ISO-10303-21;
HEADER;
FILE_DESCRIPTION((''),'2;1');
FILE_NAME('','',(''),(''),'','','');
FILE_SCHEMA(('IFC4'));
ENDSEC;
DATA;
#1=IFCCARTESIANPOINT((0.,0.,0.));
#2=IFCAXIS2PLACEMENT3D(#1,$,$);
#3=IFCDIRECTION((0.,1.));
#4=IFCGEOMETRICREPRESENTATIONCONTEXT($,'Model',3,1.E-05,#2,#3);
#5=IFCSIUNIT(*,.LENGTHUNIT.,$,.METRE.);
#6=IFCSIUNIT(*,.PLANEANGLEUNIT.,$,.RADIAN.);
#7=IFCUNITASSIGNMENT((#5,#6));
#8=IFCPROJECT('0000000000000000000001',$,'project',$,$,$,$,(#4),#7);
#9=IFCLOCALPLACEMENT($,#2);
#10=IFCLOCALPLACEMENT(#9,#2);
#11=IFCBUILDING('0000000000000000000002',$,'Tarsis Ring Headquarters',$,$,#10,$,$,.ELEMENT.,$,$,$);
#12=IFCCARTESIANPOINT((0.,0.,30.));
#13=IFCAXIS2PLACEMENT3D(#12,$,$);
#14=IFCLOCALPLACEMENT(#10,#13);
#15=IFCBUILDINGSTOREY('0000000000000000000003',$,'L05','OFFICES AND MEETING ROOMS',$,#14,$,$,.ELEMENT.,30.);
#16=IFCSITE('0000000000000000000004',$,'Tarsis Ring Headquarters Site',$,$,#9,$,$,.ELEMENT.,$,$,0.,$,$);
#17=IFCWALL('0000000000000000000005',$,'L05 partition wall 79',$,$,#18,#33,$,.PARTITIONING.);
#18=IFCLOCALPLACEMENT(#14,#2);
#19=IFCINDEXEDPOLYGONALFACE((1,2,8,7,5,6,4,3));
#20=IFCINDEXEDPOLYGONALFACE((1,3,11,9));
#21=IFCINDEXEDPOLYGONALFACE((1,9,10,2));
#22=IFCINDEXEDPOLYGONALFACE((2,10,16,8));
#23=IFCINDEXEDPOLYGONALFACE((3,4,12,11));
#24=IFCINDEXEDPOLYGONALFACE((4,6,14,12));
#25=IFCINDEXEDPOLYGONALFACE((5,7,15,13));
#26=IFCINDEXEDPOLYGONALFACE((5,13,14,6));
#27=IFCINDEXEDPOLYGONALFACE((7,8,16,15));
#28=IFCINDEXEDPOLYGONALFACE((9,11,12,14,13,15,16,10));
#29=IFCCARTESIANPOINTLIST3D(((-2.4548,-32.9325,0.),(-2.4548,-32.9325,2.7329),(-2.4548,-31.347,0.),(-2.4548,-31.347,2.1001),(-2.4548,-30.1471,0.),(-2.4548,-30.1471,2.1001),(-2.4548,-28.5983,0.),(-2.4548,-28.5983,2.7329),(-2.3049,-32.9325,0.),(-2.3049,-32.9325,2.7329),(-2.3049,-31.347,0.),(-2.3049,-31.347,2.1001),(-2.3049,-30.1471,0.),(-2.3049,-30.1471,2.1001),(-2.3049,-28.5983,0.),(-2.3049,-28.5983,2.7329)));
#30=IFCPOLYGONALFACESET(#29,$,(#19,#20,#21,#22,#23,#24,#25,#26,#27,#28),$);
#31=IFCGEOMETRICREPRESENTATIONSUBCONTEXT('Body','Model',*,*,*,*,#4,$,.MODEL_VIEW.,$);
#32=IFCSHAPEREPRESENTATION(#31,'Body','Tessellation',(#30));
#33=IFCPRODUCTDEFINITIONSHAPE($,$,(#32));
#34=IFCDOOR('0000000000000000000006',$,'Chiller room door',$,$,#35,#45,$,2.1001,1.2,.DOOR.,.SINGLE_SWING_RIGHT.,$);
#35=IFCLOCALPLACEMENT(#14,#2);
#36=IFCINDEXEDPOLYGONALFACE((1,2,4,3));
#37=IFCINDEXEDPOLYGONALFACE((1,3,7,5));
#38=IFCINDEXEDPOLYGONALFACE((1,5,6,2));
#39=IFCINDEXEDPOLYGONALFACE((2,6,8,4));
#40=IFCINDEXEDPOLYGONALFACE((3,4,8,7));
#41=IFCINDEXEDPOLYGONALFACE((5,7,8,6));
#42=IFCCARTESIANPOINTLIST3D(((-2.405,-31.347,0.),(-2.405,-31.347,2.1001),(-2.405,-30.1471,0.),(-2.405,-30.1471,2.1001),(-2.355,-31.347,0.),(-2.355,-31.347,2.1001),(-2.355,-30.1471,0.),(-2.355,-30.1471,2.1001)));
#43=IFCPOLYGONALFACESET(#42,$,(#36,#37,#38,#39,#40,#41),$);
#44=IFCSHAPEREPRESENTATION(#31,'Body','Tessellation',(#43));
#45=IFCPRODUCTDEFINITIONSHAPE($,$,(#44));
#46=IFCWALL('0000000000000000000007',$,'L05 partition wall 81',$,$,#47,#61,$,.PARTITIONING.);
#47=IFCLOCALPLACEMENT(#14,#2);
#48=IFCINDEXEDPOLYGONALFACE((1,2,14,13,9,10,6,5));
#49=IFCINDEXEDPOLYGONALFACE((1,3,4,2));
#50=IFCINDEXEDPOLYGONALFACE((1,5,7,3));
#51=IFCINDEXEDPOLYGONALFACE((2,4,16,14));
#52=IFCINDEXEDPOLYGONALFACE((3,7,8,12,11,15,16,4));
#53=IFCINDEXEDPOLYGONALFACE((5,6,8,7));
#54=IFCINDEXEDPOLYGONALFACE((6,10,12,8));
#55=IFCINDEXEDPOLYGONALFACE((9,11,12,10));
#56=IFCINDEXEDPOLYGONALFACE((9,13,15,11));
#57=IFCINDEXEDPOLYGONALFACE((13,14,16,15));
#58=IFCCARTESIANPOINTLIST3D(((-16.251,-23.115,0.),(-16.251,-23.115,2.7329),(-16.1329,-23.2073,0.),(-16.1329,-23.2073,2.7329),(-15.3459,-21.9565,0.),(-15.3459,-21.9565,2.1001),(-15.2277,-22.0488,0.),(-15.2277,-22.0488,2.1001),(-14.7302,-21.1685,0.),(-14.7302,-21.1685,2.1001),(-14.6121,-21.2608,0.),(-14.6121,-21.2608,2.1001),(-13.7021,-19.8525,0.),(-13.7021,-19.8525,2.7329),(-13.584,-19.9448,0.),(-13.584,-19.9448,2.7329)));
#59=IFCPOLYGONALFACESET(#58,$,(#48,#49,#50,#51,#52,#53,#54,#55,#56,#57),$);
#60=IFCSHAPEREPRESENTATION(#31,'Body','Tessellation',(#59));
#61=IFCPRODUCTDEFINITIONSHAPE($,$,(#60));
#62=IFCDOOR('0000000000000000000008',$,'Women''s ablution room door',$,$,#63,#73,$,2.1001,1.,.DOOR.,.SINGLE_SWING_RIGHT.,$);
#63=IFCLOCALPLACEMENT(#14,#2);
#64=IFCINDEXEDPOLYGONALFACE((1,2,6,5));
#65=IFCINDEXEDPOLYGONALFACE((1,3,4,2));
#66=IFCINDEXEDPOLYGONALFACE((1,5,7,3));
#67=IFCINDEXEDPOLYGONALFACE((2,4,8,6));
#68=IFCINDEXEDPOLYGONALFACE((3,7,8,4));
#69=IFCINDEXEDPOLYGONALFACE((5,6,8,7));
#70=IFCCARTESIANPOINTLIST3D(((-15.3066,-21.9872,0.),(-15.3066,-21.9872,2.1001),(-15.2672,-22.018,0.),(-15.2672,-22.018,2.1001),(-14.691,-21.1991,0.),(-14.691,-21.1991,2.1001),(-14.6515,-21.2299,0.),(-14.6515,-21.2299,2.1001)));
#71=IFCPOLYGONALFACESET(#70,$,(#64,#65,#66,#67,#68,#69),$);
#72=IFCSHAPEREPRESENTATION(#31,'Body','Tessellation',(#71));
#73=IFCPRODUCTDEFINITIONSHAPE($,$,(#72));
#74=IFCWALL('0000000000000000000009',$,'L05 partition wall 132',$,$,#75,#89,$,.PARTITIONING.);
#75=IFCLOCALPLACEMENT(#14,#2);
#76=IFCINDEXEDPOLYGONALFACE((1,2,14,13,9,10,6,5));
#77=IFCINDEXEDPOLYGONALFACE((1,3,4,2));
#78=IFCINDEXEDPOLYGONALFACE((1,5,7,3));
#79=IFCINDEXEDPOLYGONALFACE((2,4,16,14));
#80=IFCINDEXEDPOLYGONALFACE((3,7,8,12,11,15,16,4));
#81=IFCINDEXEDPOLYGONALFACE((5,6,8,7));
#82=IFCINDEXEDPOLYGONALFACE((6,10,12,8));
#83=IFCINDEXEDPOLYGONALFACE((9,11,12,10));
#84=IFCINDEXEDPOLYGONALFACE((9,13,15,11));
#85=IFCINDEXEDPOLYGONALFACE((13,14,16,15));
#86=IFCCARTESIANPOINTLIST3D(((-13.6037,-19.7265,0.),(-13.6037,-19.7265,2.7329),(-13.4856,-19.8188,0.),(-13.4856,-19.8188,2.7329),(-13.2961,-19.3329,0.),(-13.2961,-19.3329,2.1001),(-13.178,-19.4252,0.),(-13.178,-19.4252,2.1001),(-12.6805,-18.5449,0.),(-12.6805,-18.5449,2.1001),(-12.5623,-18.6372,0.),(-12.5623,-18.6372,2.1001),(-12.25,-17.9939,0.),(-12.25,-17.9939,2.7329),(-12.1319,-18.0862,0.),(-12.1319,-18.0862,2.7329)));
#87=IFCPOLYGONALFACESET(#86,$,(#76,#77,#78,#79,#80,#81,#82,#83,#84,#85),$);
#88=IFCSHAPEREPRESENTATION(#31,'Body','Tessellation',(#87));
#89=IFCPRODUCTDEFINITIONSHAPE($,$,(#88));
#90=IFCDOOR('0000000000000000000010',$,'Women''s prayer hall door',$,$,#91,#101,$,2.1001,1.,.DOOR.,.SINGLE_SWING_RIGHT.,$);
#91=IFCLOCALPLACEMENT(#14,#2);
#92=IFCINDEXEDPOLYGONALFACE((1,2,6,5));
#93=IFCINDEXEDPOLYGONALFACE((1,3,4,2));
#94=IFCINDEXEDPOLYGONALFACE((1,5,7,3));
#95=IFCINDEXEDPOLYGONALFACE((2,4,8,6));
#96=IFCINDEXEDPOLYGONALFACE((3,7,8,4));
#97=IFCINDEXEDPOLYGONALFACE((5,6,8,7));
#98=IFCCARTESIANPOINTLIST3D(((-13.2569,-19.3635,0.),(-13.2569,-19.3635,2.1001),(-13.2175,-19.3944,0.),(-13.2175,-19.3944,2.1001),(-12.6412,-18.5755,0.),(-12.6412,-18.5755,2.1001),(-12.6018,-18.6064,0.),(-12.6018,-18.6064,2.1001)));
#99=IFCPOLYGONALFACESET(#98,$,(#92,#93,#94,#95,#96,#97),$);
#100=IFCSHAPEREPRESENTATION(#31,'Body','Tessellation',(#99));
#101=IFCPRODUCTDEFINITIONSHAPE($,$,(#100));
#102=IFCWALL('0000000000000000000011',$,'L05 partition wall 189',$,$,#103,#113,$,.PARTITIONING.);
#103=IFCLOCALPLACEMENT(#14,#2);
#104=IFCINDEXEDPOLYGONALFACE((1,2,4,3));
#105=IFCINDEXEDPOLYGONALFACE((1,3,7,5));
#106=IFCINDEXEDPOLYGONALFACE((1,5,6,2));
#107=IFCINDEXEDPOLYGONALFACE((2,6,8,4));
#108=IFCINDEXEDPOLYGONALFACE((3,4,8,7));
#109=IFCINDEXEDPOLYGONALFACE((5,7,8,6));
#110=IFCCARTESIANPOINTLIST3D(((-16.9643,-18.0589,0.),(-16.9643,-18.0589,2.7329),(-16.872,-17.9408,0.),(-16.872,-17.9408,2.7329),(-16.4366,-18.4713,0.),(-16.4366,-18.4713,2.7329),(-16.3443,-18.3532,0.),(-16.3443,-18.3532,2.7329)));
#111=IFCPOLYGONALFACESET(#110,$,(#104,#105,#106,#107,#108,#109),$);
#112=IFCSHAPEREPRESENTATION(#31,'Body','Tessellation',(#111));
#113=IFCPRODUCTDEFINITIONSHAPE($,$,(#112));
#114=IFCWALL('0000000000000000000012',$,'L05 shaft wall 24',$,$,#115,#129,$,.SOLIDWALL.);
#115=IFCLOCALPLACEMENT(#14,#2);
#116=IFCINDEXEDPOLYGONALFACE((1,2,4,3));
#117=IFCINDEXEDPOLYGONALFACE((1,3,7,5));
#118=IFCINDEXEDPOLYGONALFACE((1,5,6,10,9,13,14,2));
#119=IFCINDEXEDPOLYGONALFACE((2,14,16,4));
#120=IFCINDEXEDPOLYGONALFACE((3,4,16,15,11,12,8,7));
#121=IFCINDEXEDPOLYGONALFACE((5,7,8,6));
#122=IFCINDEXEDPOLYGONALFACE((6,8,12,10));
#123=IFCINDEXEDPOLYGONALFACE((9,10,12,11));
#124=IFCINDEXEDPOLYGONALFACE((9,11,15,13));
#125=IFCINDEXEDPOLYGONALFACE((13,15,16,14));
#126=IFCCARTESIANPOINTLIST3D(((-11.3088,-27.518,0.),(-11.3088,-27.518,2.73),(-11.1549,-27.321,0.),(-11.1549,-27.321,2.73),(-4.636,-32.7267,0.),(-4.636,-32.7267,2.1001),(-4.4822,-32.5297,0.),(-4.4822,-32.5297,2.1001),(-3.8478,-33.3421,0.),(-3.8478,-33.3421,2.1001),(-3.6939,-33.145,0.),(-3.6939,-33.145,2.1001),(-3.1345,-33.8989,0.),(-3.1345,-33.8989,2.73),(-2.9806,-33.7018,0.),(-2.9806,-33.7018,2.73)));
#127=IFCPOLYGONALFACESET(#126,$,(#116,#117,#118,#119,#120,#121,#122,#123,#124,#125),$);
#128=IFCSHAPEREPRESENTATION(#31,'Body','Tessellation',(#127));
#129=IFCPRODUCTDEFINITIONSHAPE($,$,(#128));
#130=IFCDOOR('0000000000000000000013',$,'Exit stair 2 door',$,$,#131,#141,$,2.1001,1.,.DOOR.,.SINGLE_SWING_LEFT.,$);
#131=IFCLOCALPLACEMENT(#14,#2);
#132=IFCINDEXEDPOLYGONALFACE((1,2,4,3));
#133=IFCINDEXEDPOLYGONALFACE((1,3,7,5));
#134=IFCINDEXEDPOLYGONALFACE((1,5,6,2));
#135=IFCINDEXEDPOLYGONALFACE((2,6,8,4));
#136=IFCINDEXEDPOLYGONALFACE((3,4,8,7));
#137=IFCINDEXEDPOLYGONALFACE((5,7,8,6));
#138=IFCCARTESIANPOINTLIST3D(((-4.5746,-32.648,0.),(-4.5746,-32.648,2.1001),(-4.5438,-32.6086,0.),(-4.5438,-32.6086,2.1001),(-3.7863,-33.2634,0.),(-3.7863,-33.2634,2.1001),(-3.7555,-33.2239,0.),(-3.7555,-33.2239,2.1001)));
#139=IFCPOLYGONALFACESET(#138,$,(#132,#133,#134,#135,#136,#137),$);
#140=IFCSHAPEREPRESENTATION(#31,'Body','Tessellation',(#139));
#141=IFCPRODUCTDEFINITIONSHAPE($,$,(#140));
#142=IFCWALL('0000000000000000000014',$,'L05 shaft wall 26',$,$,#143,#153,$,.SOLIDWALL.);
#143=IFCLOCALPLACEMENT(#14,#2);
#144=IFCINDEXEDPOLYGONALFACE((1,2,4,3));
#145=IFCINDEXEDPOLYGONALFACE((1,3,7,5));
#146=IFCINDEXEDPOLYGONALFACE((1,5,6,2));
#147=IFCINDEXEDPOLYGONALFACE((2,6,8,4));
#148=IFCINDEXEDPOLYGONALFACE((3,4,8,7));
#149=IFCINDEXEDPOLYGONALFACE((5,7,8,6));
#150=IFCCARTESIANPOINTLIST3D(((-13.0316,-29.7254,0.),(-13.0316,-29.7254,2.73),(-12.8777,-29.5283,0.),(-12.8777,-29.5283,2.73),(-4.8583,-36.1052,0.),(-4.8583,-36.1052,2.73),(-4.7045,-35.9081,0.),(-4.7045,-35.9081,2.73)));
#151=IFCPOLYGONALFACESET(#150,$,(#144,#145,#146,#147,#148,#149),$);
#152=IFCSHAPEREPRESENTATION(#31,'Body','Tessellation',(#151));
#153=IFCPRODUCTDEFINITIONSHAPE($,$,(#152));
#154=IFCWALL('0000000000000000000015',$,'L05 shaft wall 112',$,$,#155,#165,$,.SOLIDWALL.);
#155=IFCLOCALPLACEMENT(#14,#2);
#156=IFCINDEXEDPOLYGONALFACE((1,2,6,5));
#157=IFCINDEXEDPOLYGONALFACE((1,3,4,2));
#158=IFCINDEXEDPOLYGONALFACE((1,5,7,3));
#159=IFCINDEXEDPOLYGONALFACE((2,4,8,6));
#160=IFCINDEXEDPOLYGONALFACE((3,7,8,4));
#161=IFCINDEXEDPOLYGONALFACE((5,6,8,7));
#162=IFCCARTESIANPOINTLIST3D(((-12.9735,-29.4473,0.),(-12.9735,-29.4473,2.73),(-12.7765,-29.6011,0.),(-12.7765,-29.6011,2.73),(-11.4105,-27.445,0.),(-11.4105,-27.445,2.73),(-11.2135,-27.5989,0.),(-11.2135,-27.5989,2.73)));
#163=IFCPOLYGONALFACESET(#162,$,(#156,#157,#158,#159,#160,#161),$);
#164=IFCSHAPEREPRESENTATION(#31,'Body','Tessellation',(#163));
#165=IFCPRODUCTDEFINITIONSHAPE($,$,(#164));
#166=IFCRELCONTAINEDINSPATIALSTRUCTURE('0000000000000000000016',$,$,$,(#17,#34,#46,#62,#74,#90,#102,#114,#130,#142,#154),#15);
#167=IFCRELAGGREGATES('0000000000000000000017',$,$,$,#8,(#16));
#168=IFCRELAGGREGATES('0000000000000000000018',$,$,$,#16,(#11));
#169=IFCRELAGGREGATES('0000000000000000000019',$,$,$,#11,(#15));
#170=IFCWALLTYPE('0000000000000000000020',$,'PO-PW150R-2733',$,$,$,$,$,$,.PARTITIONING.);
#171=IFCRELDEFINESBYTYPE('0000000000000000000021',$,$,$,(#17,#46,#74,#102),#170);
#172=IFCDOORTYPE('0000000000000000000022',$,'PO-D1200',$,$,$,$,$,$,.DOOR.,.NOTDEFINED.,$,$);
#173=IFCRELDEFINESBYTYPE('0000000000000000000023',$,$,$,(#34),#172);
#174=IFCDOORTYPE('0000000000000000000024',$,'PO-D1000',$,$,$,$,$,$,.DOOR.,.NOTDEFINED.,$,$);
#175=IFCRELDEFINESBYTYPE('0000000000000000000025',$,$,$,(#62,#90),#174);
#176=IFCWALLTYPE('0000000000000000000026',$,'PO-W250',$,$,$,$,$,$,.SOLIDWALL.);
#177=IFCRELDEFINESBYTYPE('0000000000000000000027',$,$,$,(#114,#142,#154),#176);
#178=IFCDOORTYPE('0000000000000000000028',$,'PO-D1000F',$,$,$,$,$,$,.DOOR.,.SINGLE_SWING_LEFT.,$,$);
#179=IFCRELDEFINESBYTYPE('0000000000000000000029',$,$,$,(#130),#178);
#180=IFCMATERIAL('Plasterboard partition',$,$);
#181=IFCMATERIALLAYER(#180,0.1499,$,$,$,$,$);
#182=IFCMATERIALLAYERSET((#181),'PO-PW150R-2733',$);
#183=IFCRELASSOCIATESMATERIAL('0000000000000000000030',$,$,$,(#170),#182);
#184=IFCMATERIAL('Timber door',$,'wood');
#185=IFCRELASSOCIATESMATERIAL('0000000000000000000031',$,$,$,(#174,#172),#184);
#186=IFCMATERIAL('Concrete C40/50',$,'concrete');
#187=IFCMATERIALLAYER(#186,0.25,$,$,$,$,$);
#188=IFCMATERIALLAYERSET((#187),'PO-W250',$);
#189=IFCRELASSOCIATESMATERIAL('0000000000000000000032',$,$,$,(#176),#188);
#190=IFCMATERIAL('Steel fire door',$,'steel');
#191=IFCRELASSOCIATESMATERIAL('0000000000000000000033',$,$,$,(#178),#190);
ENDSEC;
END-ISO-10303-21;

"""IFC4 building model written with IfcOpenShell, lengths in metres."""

from ifc_helpers import new_model, si_unit, direction, frame, frame_2d, origin, place, context, subcontext, project, spatial, rectangle, extrude, material, layer, layer_set, type_object, element, fill, save


model = new_model("IFC4")

# Units and contexts
model_context = context("Model", 3, precision=1e-05, world=origin(), true_north=direction((0.0, 1.0)))
body_context = subcontext(model_context, "Body", "Model", "MODEL_VIEW")
ifc_project = project(units=[si_unit("LENGTHUNIT", "METRE"), si_unit("PLANEANGLEUNIT", "RADIAN")], contexts=[model_context])

# Site, building, storey
site_placement = place(None, origin())
site = spatial("IfcSite", under=ifc_project, at=site_placement, Name="Tarsis Ring Headquarters Site", CompositionType="ELEMENT", RefElevation=0.0)
building_placement = place(site_placement, origin())
building = spatial("IfcBuilding", under=site, at=building_placement, Name="Tarsis Ring Headquarters", CompositionType="ELEMENT")
storey_placement = place(building_placement, frame((0.0, 0.0, 30.0)))
storey = spatial("IfcBuildingStorey", under=building, at=storey_placement, Name="L05", Description="OFFICES AND MEETING ROOMS", CompositionType="ELEMENT", Elevation=30.0)

# Shared definitions
ifc_material_1 = material(Name="Concrete C40/50", Category="concrete")

# Shared definitions
ifc_material_2 = material(Name="Plasterboard partition")

# Shared definitions
ifc_layer_1 = layer(ifc_material_2, 0.1499)
ifc_layer_set_1 = layer_set([ifc_layer_1], Name="PO-PW150R-2733")
wall_type_1 = type_object("IfcWallType", Name="PO-PW150R-2733", PredefinedType="PARTITIONING", material=ifc_layer_set_1)
ifc_material_3 = material(Name="Timber door", Category="wood")
door_type_1 = type_object("IfcDoorType", Name="PO-D1000", OperationType="NOTDEFINED", PredefinedType="DOOR", material=ifc_material_3)

# Walls, openings, doors
wall_1_placement = place(storey_placement, frame((-2.3799, -28.5984, 0.0), z_axis=(0.0, 0.0, 1.0), x_axis=(0.0, -1.0, 0.0)))
wall_1 = element("IfcWall", 1, at=wall_1_placement, inside=storey, type_object=wall_type_1, Name="L05 partition wall 79", PredefinedType="PARTITIONING", context=body_context, shape_type="SweptSolid", body=[
    extrude(rectangle(XDim=4.3342, YDim=0.1499, at=frame_2d((2.167, 0.0))), origin(), (0.0, 0.0, 1.0), 2.7329),
])
opening_1_placement = place(wall_1_placement, frame((1.5486, 0.0, 0.0)))
opening_1 = element("IfcOpeningElement", 2, at=opening_1_placement, cuts=wall_1, PredefinedType="OPENING", context=body_context, shape_type="SweptSolid", body=[
    extrude(rectangle(XDim=1.2, YDim=2.1001, at=frame_2d((0.6001, 1.05))), frame((0.0, 0.085, 0.0), z_axis=(0.0, -1.0, 0.0), x_axis=(1.0, 0.0, 0.0)), (0.0, 0.0, 1.0), 0.1699),
])
door_type_2 = type_object("IfcDoorType", Name="PO-D1200", OperationType="NOTDEFINED", PredefinedType="DOOR", material=ifc_material_3)
door_1_placement = place(opening_1_placement, origin())
door_1 = element("IfcDoor", 3, at=door_1_placement, inside=storey, type_object=door_type_2, Name="Chiller room door", OperationType="SINGLE_SWING_RIGHT", OverallHeight=2.1001, OverallWidth=1.2, PredefinedType="DOOR", context=body_context, shape_type="SweptSolid", body=[
    extrude(rectangle(XDim=1.2, YDim=2.1001, at=frame_2d((0.6001, 1.05))), frame((0.0, 0.0249, 0.0), z_axis=(0.0, -1.0, 0.0), x_axis=(1.0, 0.0, 0.0)), (0.0, 0.0, 1.0), 0.05),
])
fill(opening_1, door_1)
wall_2_placement = place(storey_placement, frame((-13.6431, -19.8987, 0.0), z_axis=(0.0, 0.0, 1.0), x_axis=(-0.61565, -0.78802, 0.0)))
wall_2 = element("IfcWall", 4, at=wall_2_placement, inside=storey, type_object=wall_type_1, Name="L05 partition wall 81", PredefinedType="PARTITIONING", context=body_context, shape_type="SweptSolid", body=[
    extrude(rectangle(XDim=4.1401, YDim=0.1499, at=frame_2d((2.0701, 0.0))), origin(), (0.0, 0.0, 1.0), 2.7329),
])
opening_2_placement = place(wall_2_placement, frame((1.6699, 0.0, 0.0)))
opening_2 = element("IfcOpeningElement", 5, at=opening_2_placement, cuts=wall_2, PredefinedType="OPENING", context=body_context, shape_type="SweptSolid", body=[
    extrude(rectangle(XDim=1.0, YDim=2.1001, at=frame_2d((0.5, 1.05))), frame((0.0, 0.085, 0.0), z_axis=(0.0, -1.0, 0.0), x_axis=(1.0, 0.0, 0.0)), (0.0, 0.0, 1.0), 0.1699),
])
door_2_placement = place(opening_2_placement, origin())
door_2 = element("IfcDoor", 6, at=door_2_placement, inside=storey, type_object=door_type_1, Name="Women's ablution room door", OperationType="SINGLE_SWING_RIGHT", OverallHeight=2.1001, OverallWidth=1.0, PredefinedType="DOOR", context=body_context, shape_type="SweptSolid", body=[
    extrude(rectangle(XDim=1.0, YDim=2.1001, at=frame_2d((0.5, 1.05))), frame((0.0, 0.0249, 0.0), z_axis=(0.0, -1.0, 0.0), x_axis=(1.0, 0.0, 0.0)), (0.0, 0.0, 1.0), 0.05),
])
fill(opening_2, door_2)
wall_3_placement = place(storey_placement, frame((-12.1909, -18.04, 0.0), z_axis=(0.0, 0.0, 1.0), x_axis=(-0.615676, -0.787999, 0.0)))
wall_3 = element("IfcWall", 7, at=wall_3_placement, inside=storey, type_object=wall_type_1, Name="L05 partition wall 132", PredefinedType="PARTITIONING", context=body_context, shape_type="SweptSolid", body=[
    extrude(rectangle(XDim=2.1987, YDim=0.1499, at=frame_2d((1.0994, 0.0))), origin(), (0.0, 0.0, 1.0), 2.7329),
])
opening_3_placement = place(wall_3_placement, frame((0.6992, 0.0, 0.0)))
opening_3 = element("IfcOpeningElement", 8, at=opening_3_placement, cuts=wall_3, PredefinedType="OPENING", context=body_context, shape_type="SweptSolid", body=[
    extrude(rectangle(XDim=1.0, YDim=2.1001, at=frame_2d((0.5, 1.05))), frame((0.0, 0.085, 0.0), z_axis=(0.0, -1.0, 0.0), x_axis=(1.0, 0.0, 0.0)), (0.0, 0.0, 1.0), 0.1699),
])
door_3_placement = place(opening_3_placement, origin())
door_3 = element("IfcDoor", 9, at=door_3_placement, inside=storey, type_object=door_type_1, Name="Women's prayer hall door", OperationType="SINGLE_SWING_RIGHT", OverallHeight=2.1001, OverallWidth=1.0, PredefinedType="DOOR", context=body_context, shape_type="SweptSolid", body=[
    extrude(rectangle(XDim=1.0, YDim=2.1001, at=frame_2d((0.5, 1.05))), frame((0.0, 0.0249, 0.0), z_axis=(0.0, -1.0, 0.0), x_axis=(1.0, 0.0, 0.0)), (0.0, 0.0, 1.0), 0.05),
])
fill(opening_3, door_3)

# Wall
wall_4_placement = place(storey_placement, frame((-16.3904, -18.4124, 0.0), z_axis=(0.0, 0.0, 1.0), x_axis=(-0.787897, 0.615807, 0.0)))
element("IfcWall", 10, at=wall_4_placement, inside=storey, type_object=wall_type_1, Name="L05 partition wall 189", PredefinedType="PARTITIONING", context=body_context, shape_type="SweptSolid", body=[
    extrude(rectangle(XDim=0.6697, YDim=0.1499, at=frame_2d((0.335, 0.0))), origin(), (0.0, 0.0, 1.0), 2.7329),
])

# Wall, opening, door
ifc_layer_2 = layer(ifc_material_1, 0.25)
ifc_layer_set_2 = layer_set([ifc_layer_2], Name="PO-W250")
wall_type_2 = type_object("IfcWallType", Name="PO-W250", PredefinedType="SOLIDWALL", material=ifc_layer_set_2)
wall_5_placement = place(storey_placement, frame((-11.2319, -27.4194, 0.0), z_axis=(0.0, 0.0, 1.0), x_axis=(0.788273, -0.615325, 0.0)))
wall_5 = element("IfcWall", 11, at=wall_5_placement, inside=storey, type_object=wall_type_2, Name="L05 shaft wall 24", PredefinedType="SOLIDWALL", context=body_context, shape_type="SweptSolid", body=[
    extrude(rectangle(XDim=10.3699, YDim=0.25, at=frame_2d((5.1851, 0.0))), origin(), (0.0, 0.0, 1.0), 2.73),
])
opening_4_placement = place(wall_5_placement, frame((8.4651, 0.0, 0.0)))
opening_4 = element("IfcOpeningElement", 12, at=opening_4_placement, cuts=wall_5, PredefinedType="OPENING", context=body_context, shape_type="SweptSolid", body=[
    extrude(rectangle(XDim=1.0, YDim=2.1001, at=frame_2d((0.5, 1.05))), frame((0.0, 0.135, 0.0), z_axis=(0.0, -1.0, 0.0), x_axis=(1.0, 0.0, 0.0)), (0.0, 0.0, 1.0), 0.27),
])
ifc_material_4 = material(Name="Steel fire door", Category="steel")
door_type_3 = type_object("IfcDoorType", Name="PO-D1000F", OperationType="SINGLE_SWING_LEFT", PredefinedType="DOOR", material=ifc_material_4)
door_4_placement = place(opening_4_placement, origin())
door_4 = element("IfcDoor", 13, at=door_4_placement, inside=storey, type_object=door_type_3, Name="Exit stair 2 door", OperationType="SINGLE_SWING_LEFT", OverallHeight=2.1001, OverallWidth=1.0, PredefinedType="DOOR", context=body_context, shape_type="SweptSolid", body=[
    extrude(rectangle(XDim=1.0, YDim=2.1001, at=frame_2d((0.5, 1.05))), frame((0.0, 0.0249, 0.0), z_axis=(0.0, -1.0, 0.0), x_axis=(1.0, 0.0, 0.0)), (0.0, 0.0, 1.0), 0.05),
])
fill(opening_4, door_4)

# Walls
wall_6_placement = place(storey_placement, frame((-4.7815, -36.0066, 0.0), z_axis=(0.0, 0.0, 1.0), x_axis=(-0.788283, 0.615312, 0.0)))
element("IfcWall", 14, at=wall_6_placement, inside=storey, type_object=wall_type_2, Name="L05 shaft wall 26", PredefinedType="SOLIDWALL", context=body_context, shape_type="SweptSolid", body=[
    extrude(rectangle(XDim=10.3684, YDim=0.25, at=frame_2d((5.1841, 0.0))), origin(), (0.0, 0.0, 1.0), 2.73),
])
wall_7_placement = place(storey_placement, frame((-12.875, -29.5242, 0.0), z_axis=(0.0, 0.0, 1.0), x_axis=(0.615344, 0.788259, 0.0)))
element("IfcWall", 15, at=wall_7_placement, inside=storey, type_object=wall_type_2, Name="L05 shaft wall 112", PredefinedType="SOLIDWALL", context=body_context, shape_type="SweptSolid", body=[
    extrude(rectangle(XDim=2.54, YDim=0.25, at=frame_2d((1.27, 0.0))), origin(), (0.0, 0.0, 1.0), 2.73),
])

save(model, "model.ifc")
